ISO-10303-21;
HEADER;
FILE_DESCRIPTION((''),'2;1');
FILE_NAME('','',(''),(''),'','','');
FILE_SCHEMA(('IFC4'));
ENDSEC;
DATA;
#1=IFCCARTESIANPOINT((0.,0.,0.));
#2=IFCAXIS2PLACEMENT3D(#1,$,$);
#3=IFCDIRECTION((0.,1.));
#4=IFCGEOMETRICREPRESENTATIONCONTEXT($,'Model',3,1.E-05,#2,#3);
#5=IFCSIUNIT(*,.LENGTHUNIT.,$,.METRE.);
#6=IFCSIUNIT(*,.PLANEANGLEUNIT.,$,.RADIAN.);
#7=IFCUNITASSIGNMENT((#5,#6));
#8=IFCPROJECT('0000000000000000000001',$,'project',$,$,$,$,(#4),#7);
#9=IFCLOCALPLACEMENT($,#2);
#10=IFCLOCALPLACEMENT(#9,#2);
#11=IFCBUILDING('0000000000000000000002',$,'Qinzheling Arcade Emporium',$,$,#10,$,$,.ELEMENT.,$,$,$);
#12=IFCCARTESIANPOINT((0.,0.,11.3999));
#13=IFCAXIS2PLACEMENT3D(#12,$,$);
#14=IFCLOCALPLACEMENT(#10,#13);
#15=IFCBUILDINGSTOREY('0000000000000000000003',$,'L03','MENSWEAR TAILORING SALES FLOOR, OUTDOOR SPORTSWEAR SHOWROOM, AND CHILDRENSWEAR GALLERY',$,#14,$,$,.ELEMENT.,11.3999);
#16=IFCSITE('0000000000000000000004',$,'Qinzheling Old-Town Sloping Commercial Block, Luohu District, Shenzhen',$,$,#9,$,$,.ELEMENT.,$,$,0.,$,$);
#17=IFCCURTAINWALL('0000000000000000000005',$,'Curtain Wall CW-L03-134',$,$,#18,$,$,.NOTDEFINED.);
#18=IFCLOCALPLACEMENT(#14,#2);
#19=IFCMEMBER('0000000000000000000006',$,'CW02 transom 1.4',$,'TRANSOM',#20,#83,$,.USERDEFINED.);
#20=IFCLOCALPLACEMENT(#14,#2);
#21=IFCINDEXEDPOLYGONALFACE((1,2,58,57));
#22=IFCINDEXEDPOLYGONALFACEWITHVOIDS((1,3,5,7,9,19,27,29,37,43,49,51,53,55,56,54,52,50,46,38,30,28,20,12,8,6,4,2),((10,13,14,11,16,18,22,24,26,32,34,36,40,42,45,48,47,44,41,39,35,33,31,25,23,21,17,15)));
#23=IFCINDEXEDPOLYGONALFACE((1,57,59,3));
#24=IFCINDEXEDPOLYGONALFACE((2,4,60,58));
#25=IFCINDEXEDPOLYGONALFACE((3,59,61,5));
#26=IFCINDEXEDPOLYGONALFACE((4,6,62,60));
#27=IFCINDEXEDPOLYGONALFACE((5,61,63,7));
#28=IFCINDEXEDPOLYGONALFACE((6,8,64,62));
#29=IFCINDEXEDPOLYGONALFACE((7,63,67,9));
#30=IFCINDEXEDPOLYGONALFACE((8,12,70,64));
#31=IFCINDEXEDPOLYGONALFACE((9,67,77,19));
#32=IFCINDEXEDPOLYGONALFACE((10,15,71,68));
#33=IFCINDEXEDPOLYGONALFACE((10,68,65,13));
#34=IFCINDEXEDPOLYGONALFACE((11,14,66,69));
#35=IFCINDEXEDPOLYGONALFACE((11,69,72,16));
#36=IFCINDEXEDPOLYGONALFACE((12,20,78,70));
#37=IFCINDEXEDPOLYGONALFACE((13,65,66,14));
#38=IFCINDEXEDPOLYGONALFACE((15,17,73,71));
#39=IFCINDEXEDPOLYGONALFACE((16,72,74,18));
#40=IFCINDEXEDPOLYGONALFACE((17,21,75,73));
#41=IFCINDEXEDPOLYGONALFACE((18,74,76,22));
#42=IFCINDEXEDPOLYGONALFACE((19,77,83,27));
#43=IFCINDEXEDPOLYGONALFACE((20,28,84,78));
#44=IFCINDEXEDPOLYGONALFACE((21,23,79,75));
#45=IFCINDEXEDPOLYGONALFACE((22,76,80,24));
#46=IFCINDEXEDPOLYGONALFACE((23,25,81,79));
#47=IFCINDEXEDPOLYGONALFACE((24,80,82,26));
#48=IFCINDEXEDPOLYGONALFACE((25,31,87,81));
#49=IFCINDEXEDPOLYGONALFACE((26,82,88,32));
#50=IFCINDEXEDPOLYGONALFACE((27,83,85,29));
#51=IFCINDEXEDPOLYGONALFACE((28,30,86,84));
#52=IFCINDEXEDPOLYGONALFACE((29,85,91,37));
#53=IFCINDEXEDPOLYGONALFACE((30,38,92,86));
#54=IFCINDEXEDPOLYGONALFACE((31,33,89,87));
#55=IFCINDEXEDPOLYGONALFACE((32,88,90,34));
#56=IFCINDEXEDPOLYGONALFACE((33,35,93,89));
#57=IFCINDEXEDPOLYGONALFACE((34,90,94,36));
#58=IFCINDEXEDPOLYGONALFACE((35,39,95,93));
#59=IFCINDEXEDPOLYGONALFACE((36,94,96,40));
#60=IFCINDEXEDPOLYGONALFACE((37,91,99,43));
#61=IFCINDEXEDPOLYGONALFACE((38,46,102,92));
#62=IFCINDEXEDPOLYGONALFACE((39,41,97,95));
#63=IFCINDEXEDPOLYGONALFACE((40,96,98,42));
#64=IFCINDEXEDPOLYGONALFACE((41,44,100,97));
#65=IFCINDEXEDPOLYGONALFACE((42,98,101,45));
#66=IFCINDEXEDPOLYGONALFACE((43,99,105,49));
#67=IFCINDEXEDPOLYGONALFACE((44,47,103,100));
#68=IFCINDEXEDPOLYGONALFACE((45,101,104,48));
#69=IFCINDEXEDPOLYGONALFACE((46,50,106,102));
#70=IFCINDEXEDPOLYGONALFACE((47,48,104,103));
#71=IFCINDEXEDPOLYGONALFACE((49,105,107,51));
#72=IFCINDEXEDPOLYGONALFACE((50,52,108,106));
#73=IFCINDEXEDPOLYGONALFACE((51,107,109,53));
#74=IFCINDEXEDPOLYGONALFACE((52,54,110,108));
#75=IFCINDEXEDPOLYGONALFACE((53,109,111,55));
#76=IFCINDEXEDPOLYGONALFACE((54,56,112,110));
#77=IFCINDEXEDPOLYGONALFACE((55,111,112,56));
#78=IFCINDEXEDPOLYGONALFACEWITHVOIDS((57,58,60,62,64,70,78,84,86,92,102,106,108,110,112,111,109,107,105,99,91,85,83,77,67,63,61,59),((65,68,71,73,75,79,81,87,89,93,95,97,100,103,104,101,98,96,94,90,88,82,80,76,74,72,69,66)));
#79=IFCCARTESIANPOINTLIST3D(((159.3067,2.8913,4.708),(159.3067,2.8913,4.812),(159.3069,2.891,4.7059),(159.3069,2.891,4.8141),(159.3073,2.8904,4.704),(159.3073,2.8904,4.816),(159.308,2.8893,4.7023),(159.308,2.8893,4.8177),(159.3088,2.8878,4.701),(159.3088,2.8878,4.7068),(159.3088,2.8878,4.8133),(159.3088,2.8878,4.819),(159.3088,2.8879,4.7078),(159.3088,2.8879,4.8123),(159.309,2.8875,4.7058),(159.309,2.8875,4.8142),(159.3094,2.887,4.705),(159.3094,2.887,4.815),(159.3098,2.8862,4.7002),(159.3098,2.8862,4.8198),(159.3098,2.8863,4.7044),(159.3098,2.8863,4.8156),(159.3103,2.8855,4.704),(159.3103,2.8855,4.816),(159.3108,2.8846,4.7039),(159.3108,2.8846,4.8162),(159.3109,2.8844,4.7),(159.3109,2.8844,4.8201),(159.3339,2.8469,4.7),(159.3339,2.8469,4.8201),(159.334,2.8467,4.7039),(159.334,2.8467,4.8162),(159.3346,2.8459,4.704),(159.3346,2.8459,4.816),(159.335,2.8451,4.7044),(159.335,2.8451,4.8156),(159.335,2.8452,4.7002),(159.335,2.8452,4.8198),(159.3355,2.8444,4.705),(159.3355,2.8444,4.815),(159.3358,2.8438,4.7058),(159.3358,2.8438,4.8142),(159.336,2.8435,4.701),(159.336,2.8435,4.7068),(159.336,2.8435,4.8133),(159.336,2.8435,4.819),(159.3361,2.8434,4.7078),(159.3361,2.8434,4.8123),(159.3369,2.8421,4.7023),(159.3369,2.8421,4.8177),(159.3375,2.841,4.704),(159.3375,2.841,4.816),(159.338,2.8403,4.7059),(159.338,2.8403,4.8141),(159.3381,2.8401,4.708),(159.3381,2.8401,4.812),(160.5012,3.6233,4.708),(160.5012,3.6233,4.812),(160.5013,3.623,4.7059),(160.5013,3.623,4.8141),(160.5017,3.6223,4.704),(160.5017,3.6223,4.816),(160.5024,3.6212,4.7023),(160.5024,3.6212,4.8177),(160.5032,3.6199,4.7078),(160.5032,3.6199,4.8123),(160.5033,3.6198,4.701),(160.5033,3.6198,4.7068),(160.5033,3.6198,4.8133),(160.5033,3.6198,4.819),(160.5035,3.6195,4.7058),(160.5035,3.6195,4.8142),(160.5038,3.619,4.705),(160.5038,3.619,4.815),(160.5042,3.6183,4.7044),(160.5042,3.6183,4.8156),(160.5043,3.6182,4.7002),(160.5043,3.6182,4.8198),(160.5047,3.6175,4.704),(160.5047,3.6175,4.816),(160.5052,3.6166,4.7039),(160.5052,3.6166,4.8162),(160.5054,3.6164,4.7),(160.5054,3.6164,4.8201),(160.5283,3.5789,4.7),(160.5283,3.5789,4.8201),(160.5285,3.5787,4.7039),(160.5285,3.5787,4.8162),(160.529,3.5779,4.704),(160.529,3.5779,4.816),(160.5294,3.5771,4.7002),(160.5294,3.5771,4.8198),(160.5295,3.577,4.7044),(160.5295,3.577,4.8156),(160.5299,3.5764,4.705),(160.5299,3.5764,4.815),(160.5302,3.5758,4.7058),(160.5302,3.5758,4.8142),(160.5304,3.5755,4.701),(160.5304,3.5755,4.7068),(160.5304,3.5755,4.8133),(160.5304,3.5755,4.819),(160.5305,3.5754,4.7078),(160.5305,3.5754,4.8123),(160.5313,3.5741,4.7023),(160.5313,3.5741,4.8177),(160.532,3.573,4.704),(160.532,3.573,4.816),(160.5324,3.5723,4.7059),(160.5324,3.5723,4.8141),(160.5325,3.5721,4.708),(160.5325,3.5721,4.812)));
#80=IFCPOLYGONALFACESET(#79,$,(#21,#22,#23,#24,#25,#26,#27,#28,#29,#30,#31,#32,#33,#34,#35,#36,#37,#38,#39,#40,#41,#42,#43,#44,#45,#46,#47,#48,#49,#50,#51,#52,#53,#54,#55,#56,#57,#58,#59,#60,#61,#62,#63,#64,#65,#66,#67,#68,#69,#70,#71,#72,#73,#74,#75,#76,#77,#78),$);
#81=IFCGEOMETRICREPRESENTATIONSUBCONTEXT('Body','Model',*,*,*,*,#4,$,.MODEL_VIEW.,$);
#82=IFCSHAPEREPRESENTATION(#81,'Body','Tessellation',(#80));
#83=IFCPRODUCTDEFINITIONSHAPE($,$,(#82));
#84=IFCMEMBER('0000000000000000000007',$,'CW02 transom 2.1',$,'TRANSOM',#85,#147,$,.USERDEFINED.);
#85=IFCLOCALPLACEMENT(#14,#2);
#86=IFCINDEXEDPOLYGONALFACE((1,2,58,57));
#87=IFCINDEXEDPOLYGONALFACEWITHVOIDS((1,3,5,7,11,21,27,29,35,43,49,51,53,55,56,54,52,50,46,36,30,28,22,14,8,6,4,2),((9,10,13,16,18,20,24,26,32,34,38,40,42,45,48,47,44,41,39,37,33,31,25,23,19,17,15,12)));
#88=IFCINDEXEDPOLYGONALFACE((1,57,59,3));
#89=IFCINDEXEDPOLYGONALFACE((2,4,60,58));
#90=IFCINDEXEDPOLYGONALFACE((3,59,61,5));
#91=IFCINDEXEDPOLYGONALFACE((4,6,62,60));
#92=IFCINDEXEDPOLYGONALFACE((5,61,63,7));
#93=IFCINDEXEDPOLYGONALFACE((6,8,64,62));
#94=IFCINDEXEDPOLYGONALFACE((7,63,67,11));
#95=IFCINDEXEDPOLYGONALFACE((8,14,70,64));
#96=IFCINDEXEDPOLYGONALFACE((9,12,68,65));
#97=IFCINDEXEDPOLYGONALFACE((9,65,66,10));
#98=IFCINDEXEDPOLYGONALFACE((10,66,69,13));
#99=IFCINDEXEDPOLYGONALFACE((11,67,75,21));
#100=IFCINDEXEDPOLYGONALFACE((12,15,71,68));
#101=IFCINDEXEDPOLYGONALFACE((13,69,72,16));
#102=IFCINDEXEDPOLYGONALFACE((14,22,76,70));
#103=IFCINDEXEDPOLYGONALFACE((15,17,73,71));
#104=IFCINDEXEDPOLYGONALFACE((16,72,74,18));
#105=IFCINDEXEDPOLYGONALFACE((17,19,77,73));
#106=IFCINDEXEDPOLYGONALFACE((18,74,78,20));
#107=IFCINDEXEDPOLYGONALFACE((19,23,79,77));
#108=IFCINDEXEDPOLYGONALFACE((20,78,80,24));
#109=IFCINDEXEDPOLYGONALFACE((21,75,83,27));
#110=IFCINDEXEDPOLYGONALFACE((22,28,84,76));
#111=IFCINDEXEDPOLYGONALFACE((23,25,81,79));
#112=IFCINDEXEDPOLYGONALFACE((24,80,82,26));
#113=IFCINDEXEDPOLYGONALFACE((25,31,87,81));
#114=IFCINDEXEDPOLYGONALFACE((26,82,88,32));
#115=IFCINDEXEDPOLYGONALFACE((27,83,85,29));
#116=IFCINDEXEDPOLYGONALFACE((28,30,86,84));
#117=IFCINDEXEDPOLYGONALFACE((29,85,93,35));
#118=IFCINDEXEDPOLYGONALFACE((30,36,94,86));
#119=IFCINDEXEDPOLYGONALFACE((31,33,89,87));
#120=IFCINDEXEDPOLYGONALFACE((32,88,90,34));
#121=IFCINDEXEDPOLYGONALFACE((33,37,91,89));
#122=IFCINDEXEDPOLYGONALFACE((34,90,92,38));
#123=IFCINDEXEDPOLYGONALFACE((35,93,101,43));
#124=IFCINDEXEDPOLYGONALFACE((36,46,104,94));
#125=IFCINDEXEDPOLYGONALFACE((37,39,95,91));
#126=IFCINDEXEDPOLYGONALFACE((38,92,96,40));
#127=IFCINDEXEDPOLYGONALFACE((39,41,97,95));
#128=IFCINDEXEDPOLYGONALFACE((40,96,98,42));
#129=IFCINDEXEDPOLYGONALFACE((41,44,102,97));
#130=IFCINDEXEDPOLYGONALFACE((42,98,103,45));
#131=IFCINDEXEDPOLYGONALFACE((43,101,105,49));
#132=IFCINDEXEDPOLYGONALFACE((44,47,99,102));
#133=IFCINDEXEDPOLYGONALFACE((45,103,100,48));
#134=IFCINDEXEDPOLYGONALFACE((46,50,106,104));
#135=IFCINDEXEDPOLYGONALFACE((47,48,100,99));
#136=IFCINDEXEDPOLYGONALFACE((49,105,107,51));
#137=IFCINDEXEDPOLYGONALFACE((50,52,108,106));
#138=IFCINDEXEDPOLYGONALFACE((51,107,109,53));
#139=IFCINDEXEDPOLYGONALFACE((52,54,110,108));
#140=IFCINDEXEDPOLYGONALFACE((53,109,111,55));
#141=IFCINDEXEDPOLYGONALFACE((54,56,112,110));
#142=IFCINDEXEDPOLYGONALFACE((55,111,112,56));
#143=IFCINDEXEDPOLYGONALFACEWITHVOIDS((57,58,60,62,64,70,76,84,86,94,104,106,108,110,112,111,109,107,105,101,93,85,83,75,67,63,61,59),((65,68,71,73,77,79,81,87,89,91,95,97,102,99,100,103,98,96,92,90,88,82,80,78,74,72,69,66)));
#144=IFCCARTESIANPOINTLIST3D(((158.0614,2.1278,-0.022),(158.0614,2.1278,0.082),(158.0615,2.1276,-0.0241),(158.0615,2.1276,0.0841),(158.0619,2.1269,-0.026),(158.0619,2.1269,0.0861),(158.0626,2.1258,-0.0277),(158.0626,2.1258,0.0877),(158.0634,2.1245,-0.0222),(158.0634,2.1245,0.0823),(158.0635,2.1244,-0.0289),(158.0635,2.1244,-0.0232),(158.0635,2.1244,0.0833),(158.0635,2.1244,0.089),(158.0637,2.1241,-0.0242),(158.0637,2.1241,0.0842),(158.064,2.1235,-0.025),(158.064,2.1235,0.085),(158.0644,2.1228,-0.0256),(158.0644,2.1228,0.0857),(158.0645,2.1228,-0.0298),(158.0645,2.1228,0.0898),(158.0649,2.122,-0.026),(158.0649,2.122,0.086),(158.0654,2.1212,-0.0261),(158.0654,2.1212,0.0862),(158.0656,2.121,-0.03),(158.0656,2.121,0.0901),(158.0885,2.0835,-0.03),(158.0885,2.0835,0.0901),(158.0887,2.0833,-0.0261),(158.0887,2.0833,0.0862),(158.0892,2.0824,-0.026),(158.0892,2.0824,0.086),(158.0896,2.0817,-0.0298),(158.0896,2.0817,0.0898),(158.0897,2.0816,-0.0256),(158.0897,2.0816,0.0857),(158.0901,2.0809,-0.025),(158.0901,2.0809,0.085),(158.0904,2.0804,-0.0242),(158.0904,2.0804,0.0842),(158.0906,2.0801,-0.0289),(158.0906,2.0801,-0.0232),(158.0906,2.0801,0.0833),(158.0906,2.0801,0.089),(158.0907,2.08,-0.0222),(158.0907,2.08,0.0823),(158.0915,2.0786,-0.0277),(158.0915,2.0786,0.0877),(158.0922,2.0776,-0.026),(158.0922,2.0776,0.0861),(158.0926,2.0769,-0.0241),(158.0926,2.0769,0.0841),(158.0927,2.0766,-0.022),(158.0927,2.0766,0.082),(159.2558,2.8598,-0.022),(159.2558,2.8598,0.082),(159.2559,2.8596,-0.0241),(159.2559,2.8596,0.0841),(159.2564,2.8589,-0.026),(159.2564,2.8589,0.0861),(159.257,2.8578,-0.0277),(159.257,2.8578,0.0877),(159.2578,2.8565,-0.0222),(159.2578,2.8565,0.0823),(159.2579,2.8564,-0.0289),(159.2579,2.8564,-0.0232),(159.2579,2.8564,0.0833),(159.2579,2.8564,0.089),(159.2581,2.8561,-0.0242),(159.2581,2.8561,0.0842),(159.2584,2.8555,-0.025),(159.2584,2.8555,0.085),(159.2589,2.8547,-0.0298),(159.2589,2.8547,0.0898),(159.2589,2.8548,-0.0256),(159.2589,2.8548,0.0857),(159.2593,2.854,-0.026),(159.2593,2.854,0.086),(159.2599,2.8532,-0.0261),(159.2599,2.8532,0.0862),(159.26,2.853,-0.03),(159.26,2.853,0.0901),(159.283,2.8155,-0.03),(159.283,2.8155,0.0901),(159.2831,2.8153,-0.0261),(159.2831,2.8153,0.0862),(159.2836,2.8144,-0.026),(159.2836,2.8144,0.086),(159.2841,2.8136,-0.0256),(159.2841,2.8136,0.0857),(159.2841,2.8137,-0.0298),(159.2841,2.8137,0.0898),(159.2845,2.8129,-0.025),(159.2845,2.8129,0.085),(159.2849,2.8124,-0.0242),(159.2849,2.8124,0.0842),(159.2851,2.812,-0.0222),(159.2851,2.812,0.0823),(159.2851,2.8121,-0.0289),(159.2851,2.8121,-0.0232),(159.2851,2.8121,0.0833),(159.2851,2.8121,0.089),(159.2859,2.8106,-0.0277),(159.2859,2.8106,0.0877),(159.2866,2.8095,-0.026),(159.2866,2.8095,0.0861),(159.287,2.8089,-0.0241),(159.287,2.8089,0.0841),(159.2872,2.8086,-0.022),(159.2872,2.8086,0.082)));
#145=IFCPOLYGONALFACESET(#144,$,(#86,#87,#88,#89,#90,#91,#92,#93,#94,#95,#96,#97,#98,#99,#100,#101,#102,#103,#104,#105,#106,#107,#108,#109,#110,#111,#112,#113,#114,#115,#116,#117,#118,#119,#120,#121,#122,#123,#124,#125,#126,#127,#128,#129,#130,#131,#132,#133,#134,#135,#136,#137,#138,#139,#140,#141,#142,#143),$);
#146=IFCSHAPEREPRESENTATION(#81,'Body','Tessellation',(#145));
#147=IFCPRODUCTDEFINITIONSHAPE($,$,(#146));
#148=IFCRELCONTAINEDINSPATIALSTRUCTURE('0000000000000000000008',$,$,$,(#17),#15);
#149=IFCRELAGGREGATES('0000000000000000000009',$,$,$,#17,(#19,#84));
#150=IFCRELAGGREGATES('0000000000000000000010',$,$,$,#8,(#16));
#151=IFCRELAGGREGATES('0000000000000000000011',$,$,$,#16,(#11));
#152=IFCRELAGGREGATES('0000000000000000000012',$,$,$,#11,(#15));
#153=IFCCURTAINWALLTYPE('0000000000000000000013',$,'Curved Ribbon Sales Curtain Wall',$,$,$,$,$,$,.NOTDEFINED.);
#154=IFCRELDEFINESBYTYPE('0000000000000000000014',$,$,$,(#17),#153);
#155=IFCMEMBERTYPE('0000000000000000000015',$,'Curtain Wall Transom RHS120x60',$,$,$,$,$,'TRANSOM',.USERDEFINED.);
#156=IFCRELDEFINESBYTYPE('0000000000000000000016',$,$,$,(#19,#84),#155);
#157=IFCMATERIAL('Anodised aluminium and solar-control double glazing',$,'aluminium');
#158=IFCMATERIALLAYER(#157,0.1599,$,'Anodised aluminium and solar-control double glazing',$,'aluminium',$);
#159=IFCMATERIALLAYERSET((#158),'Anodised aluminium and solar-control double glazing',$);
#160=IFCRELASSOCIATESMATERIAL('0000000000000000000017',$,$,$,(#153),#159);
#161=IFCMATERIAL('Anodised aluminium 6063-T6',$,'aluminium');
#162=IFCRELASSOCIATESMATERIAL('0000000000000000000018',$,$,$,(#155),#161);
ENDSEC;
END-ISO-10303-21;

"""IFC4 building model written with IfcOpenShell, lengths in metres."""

from ifc_helpers import new_model, si_unit, direction, frame, origin, origin_2d, place, context, subcontext, project, spatial, hollow_rectangle, extrude, material, layer, layer_set, material_profile, profile_set, type_object, element, aggregate, save


model = new_model("IFC4")

# Units and contexts
model_context = context("Model", 3, precision=1e-05, world=origin(), true_north=direction((0.0, 1.0)))
body_context = subcontext(model_context, "Body", "Model", "MODEL_VIEW")
ifc_project = project(units=[si_unit("LENGTHUNIT", "METRE"), si_unit("PLANEANGLEUNIT", "RADIAN")], contexts=[model_context])

# Site, building, storey
site_placement = place(None, origin())
site = spatial("IfcSite", under=ifc_project, at=site_placement, Name="Qinzheling Old-Town Sloping Commercial Block, Luohu District, Shenzhen", CompositionType="ELEMENT", RefElevation=0.0)
building_placement = place(site_placement, origin())
building = spatial("IfcBuilding", under=site, at=building_placement, Name="Qinzheling Arcade Emporium", CompositionType="ELEMENT")
storey_placement = place(building_placement, frame((0.0, 0.0, 11.3999)))
storey = spatial("IfcBuildingStorey", under=building, at=storey_placement, Name="L03", Description="MENSWEAR TAILORING SALES FLOOR, OUTDOOR SPORTSWEAR SHOWROOM, AND CHILDRENSWEAR GALLERY", CompositionType="ELEMENT", Elevation=11.3999)

# Curtain wall
ifc_material_1 = material(Name="Anodised aluminium and solar-control double glazing", Category="aluminium")
ifc_layer_1 = layer(ifc_material_1, 0.1599, Name="Anodised aluminium and solar-control double glazing", Category="aluminium")
ifc_layer_set_1 = layer_set([ifc_layer_1], Name="Anodised aluminium and solar-control double glazing")
curtain_wall_type = type_object("IfcCurtainWallType", Name="Curved Ribbon Sales Curtain Wall", PredefinedType="NOTDEFINED", material=ifc_layer_set_1)
ifc_material_2 = material(Name="Anodised aluminium 6063-T6", Category="aluminium")
curtain_wall_1_placement = place(storey_placement, origin())
curtain_wall_1 = element("IfcCurtainWall", 1, at=curtain_wall_1_placement, inside=storey, type_object=curtain_wall_type, Name="Curtain Wall CW-L03-134", PredefinedType="NOTDEFINED")

# Members
ifc_material_profile_1 = material_profile(ifc_material_2, hollow_rectangle(XDim=0.0601, YDim=0.1201, WallThickness=0.0039, InnerFilletRadius=0.0039, OuterFilletRadius=0.0081, at=origin_2d()), Name="RHS 120x60x4", Category="aluminium")
ifc_profile_set_1 = profile_set([ifc_material_profile_1], Name="Anodised aluminium 6063-T6")
member_type_1 = type_object("IfcMemberType", Name="Curtain Wall Transom RHS120x60", ElementType="TRANSOM", PredefinedType="USERDEFINED", material=ifc_profile_set_1)
member_1_placement = place(storey_placement, frame((160.5168, 3.5977, 4.76), z_axis=(-0.852626, -0.522521, 0.0), x_axis=(0.522521, -0.852626, 0.0)))
member_1 = element("IfcMember", 2, at=member_1_placement, type_object=member_type_1, Name="CW02 transom 1.4", ObjectType="TRANSOM", PredefinedType="USERDEFINED", context=body_context, shape_type="SweptSolid", body=[
    extrude(hollow_rectangle(XDim=0.0601, YDim=0.1201, WallThickness=0.0039, InnerFilletRadius=0.0039, OuterFilletRadius=0.0081, at=origin_2d()), origin(), (0.0, 0.0, 1.0), 1.4009),
])
member_2_placement = place(storey_placement, frame((159.2715, 2.8342, 0.03), z_axis=(-0.852626, -0.522521, 0.0), x_axis=(0.522521, -0.852626, 0.0)))
member_2 = element("IfcMember", 3, at=member_2_placement, type_object=member_type_1, Name="CW02 transom 2.1", ObjectType="TRANSOM", PredefinedType="USERDEFINED", context=body_context, shape_type="SweptSolid", body=[
    extrude(hollow_rectangle(XDim=0.0601, YDim=0.1201, WallThickness=0.0039, InnerFilletRadius=0.0039, OuterFilletRadius=0.0081, at=origin_2d()), origin(), (0.0, 0.0, 1.0), 1.4009),
])

aggregate(curtain_wall_1, [member_1, member_2])

save(model, "model.ifc")
